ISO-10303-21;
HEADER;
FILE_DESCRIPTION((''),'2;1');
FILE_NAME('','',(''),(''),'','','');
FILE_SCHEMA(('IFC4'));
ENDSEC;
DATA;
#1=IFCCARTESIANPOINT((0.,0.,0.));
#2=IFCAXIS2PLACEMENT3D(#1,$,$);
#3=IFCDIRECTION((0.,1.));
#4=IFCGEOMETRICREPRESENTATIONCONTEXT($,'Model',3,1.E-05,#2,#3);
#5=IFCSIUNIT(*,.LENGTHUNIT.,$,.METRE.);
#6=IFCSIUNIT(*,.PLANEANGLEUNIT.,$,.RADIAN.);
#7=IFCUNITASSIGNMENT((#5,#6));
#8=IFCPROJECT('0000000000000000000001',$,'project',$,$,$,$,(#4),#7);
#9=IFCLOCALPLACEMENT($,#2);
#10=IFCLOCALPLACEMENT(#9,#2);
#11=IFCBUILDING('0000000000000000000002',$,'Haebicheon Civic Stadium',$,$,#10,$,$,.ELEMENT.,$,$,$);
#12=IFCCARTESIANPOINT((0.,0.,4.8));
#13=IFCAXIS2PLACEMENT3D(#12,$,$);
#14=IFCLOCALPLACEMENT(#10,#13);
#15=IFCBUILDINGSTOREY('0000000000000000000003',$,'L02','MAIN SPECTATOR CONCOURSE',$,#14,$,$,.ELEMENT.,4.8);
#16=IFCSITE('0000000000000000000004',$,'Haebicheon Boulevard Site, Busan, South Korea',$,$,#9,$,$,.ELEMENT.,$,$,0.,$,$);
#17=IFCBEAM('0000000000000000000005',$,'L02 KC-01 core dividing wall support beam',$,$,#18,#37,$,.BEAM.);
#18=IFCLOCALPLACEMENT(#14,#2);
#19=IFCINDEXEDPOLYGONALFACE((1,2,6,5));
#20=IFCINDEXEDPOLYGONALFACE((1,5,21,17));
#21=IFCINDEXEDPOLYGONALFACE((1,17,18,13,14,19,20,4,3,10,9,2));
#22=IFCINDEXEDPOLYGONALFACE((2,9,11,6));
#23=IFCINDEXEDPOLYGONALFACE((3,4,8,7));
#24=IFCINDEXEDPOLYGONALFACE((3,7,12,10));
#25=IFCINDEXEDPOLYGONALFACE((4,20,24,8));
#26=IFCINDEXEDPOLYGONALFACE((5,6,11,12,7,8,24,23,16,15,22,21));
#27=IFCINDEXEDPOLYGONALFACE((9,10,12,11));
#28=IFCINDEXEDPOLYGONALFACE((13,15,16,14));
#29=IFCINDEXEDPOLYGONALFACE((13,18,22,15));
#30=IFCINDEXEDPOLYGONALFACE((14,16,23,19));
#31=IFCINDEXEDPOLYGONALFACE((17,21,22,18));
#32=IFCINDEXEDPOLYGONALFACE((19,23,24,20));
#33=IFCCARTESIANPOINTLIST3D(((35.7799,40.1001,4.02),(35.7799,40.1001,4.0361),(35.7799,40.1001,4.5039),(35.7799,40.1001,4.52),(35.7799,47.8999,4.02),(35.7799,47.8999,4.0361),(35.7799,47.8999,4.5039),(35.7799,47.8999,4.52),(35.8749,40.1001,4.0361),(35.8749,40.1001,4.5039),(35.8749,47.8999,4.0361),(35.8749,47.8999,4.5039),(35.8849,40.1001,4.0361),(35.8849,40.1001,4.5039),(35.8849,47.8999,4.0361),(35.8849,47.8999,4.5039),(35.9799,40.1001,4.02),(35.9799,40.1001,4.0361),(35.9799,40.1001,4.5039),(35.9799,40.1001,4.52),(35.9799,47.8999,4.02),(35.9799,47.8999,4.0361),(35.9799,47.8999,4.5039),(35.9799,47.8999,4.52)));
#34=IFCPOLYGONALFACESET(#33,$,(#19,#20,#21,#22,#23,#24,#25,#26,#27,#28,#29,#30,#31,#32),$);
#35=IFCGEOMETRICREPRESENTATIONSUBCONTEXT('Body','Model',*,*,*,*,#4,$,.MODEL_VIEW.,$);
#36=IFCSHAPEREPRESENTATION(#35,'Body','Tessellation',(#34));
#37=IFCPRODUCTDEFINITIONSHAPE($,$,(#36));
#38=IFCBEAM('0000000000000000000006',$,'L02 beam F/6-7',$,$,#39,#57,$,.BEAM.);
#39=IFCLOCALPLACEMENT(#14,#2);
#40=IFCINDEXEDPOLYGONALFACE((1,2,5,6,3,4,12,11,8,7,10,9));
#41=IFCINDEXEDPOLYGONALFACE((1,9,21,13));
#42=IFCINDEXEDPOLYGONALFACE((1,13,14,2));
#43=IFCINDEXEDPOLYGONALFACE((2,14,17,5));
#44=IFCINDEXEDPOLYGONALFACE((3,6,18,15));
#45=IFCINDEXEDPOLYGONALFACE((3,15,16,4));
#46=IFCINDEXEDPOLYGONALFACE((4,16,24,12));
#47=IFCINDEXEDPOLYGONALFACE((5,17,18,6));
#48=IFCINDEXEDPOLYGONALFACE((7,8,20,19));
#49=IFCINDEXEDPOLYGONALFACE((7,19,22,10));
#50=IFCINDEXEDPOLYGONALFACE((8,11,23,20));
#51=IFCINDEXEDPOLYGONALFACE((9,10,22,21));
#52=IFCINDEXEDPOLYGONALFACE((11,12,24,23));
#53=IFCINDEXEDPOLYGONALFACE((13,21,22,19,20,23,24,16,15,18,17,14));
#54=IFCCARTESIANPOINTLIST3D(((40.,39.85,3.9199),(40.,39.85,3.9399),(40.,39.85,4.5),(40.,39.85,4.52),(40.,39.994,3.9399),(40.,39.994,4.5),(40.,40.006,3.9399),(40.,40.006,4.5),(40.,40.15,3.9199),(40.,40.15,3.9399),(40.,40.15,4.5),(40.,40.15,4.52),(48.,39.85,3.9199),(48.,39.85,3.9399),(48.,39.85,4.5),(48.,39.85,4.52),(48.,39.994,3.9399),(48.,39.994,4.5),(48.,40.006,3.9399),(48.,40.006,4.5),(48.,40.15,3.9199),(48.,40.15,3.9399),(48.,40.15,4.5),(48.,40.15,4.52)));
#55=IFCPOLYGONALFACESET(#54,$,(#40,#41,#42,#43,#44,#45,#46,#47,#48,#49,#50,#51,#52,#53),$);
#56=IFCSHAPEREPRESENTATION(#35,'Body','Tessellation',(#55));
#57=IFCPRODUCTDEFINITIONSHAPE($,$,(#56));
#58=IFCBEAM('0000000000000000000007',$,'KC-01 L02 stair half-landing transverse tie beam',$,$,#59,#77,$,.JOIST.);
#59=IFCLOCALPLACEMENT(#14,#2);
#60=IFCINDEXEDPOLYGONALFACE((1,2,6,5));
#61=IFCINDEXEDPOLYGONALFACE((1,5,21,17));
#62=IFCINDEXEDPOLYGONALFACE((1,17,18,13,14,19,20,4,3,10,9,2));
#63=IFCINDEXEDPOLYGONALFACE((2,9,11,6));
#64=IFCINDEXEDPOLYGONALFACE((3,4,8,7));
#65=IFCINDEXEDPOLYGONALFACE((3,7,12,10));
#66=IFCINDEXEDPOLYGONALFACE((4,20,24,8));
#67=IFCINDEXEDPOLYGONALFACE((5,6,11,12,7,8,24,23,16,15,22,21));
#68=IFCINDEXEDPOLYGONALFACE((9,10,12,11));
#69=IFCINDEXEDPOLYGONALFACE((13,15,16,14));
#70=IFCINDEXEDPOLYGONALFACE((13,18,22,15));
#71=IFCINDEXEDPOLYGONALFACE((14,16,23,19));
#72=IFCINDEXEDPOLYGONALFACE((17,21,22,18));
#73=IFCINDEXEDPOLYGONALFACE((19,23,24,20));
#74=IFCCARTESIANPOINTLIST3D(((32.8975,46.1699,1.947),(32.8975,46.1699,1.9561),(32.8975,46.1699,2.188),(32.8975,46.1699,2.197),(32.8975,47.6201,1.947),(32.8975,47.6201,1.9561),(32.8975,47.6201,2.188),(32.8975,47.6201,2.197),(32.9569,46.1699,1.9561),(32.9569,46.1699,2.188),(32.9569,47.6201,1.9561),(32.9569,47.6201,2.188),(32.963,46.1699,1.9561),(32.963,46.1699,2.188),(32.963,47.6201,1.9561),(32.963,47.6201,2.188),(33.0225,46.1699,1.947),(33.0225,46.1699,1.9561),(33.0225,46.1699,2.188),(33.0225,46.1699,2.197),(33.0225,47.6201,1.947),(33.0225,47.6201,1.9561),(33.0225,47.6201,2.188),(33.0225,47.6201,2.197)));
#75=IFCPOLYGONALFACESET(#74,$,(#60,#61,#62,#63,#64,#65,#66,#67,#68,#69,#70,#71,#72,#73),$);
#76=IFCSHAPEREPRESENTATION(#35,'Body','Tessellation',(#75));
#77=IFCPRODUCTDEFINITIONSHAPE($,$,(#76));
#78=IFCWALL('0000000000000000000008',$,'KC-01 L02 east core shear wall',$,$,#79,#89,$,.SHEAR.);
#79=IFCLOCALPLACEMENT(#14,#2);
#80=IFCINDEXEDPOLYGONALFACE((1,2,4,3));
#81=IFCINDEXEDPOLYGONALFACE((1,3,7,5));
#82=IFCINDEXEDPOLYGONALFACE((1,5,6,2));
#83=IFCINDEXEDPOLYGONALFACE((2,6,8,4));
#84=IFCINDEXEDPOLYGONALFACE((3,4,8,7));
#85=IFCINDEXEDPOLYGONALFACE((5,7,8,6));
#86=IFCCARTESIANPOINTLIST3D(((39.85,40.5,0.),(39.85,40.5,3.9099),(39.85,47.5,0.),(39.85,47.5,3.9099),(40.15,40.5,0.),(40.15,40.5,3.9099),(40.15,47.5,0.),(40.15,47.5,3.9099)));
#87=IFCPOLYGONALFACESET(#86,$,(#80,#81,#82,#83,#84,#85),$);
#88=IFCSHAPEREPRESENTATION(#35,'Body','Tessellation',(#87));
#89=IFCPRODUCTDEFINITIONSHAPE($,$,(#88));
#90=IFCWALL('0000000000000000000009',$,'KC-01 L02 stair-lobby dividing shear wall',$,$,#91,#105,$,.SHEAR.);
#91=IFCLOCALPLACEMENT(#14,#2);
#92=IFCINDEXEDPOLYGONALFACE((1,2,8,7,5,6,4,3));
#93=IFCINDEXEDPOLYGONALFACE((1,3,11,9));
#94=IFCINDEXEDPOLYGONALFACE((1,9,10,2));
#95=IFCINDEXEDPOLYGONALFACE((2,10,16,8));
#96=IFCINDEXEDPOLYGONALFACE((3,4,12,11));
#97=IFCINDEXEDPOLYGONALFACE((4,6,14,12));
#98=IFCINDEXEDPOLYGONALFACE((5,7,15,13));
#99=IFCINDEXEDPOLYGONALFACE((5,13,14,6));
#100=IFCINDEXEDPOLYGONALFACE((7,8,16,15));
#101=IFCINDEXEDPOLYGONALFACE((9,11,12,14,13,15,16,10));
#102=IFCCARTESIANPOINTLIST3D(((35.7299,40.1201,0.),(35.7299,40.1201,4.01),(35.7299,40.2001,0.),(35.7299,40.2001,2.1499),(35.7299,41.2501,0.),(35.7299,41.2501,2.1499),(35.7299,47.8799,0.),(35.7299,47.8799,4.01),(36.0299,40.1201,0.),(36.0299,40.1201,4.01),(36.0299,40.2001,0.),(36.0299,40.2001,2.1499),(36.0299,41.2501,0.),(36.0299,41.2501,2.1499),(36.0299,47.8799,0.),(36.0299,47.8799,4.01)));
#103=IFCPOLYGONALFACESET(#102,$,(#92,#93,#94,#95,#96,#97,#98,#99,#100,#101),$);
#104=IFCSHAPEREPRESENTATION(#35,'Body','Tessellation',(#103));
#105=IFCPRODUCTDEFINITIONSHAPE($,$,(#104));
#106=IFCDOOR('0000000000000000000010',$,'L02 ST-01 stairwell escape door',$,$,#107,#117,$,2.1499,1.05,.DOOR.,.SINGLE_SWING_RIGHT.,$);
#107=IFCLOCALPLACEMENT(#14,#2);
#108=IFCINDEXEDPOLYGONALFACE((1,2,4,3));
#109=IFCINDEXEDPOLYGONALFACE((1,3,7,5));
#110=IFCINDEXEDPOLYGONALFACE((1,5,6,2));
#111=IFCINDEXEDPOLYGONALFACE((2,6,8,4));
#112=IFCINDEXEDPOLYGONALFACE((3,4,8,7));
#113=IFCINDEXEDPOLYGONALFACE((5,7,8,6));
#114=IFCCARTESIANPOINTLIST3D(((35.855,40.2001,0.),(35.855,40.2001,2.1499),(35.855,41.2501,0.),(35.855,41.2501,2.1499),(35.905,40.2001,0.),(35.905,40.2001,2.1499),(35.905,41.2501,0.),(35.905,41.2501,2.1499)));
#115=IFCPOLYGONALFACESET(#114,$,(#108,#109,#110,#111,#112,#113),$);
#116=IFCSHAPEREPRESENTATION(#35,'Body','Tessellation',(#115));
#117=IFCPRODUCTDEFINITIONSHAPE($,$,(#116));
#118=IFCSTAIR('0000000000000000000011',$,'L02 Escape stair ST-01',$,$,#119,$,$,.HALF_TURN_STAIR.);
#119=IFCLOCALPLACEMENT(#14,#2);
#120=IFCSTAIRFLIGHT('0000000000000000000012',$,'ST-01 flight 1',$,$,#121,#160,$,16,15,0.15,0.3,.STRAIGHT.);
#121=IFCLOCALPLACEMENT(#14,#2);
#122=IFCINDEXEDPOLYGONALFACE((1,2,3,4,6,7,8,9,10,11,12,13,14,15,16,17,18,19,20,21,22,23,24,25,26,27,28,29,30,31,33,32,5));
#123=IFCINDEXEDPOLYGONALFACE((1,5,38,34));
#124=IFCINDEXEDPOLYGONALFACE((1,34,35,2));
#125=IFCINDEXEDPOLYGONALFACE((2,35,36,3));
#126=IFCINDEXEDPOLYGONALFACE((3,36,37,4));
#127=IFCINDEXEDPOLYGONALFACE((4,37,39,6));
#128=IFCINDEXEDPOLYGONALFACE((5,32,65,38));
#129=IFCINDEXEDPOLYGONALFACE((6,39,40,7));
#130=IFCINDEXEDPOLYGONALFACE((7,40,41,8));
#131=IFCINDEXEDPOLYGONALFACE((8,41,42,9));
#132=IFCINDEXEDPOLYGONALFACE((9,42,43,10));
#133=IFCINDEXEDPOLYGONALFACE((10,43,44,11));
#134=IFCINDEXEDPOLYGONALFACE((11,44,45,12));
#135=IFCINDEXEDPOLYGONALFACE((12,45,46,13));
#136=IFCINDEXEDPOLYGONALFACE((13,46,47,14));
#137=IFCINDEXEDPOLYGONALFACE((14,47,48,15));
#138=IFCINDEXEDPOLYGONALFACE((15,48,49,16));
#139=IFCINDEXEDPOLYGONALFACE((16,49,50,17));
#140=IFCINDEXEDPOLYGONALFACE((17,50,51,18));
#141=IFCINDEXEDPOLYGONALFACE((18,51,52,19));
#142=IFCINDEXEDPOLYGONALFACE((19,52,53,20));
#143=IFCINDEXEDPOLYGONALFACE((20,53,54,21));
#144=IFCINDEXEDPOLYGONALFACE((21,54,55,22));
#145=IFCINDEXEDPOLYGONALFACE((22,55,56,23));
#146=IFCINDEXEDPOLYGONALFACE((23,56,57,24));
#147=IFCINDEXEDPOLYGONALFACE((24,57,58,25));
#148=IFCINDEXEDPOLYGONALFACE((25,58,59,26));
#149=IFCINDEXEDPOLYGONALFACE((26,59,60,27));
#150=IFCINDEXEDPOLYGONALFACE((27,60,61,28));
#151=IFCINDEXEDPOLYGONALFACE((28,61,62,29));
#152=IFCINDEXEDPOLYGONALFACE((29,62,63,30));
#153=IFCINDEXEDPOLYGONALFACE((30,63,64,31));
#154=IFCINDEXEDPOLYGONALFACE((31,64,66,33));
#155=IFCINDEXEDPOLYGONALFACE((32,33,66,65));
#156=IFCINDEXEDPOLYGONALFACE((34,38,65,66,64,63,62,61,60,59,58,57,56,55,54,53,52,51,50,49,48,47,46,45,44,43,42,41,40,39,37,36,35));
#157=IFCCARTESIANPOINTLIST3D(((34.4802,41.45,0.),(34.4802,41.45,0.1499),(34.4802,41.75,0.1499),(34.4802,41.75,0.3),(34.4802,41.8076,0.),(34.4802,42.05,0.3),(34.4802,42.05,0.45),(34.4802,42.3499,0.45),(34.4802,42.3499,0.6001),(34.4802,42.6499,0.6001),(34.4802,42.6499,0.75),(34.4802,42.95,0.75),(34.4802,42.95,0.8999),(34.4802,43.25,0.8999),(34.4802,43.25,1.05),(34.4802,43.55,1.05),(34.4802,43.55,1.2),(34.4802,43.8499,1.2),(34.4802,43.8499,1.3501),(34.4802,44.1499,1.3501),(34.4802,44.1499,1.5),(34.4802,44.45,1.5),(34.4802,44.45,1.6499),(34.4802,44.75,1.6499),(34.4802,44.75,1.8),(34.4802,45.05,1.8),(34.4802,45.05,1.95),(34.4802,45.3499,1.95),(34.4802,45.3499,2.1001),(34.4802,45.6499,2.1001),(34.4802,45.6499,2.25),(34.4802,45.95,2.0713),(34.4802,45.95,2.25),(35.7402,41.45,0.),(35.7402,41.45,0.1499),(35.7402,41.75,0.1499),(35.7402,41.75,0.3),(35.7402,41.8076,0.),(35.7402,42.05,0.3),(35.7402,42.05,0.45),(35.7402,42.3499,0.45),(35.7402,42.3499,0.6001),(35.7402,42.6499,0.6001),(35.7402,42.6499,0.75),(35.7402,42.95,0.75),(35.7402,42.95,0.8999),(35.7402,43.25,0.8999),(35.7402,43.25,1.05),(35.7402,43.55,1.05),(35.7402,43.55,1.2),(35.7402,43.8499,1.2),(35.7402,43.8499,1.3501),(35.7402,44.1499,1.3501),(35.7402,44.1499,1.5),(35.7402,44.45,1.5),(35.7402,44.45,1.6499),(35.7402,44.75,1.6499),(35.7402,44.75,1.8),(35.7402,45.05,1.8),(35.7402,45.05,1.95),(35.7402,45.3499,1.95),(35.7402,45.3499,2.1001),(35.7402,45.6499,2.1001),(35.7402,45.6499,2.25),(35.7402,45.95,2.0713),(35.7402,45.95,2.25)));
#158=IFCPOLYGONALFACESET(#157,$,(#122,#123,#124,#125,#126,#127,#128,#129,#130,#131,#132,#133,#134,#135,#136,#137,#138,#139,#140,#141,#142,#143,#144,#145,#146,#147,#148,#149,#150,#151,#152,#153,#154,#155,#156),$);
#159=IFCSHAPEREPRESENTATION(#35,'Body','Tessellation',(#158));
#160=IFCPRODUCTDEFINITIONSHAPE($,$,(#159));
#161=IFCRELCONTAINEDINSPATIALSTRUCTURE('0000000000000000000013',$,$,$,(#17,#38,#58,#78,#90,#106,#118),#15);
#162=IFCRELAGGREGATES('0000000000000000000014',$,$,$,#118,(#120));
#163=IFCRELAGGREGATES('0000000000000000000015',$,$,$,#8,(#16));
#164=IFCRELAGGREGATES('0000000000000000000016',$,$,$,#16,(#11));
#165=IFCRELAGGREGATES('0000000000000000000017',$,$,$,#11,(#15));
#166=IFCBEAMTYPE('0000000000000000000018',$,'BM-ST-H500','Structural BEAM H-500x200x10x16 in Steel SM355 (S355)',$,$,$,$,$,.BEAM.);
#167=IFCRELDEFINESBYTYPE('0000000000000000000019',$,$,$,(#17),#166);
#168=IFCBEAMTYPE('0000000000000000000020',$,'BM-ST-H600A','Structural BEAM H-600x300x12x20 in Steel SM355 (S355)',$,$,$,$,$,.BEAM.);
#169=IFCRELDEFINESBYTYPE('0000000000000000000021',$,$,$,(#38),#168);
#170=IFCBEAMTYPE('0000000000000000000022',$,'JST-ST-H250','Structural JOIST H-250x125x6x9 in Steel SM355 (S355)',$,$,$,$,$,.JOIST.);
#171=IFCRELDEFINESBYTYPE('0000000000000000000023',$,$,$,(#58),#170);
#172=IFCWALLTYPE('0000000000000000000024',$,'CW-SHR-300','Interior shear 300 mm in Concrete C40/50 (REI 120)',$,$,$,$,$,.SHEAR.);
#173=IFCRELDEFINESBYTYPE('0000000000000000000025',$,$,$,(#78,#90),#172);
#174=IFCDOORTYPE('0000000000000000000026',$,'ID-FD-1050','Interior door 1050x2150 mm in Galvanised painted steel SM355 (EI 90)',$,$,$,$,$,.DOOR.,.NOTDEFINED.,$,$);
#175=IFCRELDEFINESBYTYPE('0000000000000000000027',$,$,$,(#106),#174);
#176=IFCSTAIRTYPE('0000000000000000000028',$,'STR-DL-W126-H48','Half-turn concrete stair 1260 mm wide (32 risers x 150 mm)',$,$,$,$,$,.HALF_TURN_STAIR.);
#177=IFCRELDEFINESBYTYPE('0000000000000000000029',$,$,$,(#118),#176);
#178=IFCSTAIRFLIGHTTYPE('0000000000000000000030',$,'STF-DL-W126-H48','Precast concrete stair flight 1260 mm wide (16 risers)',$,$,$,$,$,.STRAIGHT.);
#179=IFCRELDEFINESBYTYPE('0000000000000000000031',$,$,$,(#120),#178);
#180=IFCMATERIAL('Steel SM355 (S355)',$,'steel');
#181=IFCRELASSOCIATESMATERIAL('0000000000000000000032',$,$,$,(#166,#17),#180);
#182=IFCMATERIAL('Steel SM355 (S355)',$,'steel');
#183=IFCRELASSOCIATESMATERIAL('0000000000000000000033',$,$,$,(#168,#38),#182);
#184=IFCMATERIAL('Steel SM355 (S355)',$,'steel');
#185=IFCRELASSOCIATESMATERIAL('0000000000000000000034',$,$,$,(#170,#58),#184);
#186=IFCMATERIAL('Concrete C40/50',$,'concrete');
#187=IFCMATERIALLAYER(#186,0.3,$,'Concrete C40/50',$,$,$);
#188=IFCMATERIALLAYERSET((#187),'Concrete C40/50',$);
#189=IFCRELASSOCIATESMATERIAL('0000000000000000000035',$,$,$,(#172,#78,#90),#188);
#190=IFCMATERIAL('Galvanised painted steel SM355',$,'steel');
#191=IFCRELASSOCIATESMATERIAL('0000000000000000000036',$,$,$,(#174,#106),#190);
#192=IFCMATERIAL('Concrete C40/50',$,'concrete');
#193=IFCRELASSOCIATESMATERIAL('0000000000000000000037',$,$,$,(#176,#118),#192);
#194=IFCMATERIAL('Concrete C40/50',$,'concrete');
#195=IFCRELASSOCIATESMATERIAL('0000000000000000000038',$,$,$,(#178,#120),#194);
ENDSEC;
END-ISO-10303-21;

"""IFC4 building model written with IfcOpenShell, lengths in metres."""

from ifc_helpers import new_model, si_unit, direction, frame, frame_2d, origin, origin_2d, place, context, subcontext, project, spatial, polyline, rectangle, i_section, outline, extrude, material, layer, layer_set, material_profile, profile_set, type_object, element, fill, aggregate, save


model = new_model("IFC4")

# Units and contexts
model_context = context("Model", 3, precision=1e-05, world=origin(), true_north=direction((0.0, 1.0)))
body_context = subcontext(model_context, "Body", "Model", "MODEL_VIEW")
ifc_project = project(units=[si_unit("LENGTHUNIT", "METRE"), si_unit("PLANEANGLEUNIT", "RADIAN")], contexts=[model_context])

# Site, building, storey
site_placement = place(None, origin())
site = spatial("IfcSite", under=ifc_project, at=site_placement, Name="Haebicheon Boulevard Site, Busan, South Korea", CompositionType="ELEMENT", RefElevation=0.0)
building_placement = place(site_placement, origin())
building = spatial("IfcBuilding", under=site, at=building_placement, Name="Haebicheon Civic Stadium", CompositionType="ELEMENT")
storey_placement = place(building_placement, frame((0.0, 0.0, 4.8)))
storey = spatial("IfcBuildingStorey", under=building, at=storey_placement, Name="L02", Description="MAIN SPECTATOR CONCOURSE", CompositionType="ELEMENT", Elevation=4.8)

# Beams
ifc_material_1 = material(Name="Steel SM355 (S355)", Category="steel")
ifc_material_profile_1 = material_profile(ifc_material_1, i_section(OverallWidth=0.2, OverallDepth=0.5, WebThickness=0.01, FlangeThickness=0.0161, at=origin_2d()), Name="H-500x200x10x16")
ifc_profile_set_1 = profile_set([ifc_material_profile_1], Name="Steel SM355 (S355)")
beam_type_1 = type_object("IfcBeamType", Name="BM-ST-H500", Description="Structural BEAM H-500x200x10x16 in Steel SM355 (S355)", PredefinedType="BEAM", material=ifc_profile_set_1)
beam_1_placement = place(storey_placement, frame((35.8799, 40.1001, 4.27), z_axis=(0.0, 1.0, 0.0), x_axis=(-1.0, 0.0, 0.0)))
element("IfcBeam", 1, at=beam_1_placement, inside=storey, type_object=beam_type_1, material=ifc_profile_set_1, Name="L02 KC-01 core dividing wall support beam", PredefinedType="BEAM", context=body_context, shape_type="SweptSolid", body=[
    extrude(i_section(OverallWidth=0.2, OverallDepth=0.5, WebThickness=0.01, FlangeThickness=0.0161, at=origin_2d()), origin(), (0.0, 0.0, 1.0), 7.7998),
])
ifc_material_2 = material(Name="Steel SM355 (S355)", Category="steel")
ifc_material_profile_2 = material_profile(ifc_material_2, i_section(OverallWidth=0.3, OverallDepth=0.6001, WebThickness=0.012, FlangeThickness=0.02, at=origin_2d()), Name="H-600x300x12x20")
ifc_profile_set_2 = profile_set([ifc_material_profile_2], Name="Steel SM355 (S355)")
beam_type_2 = type_object("IfcBeamType", Name="BM-ST-H600A", Description="Structural BEAM H-600x300x12x20 in Steel SM355 (S355)", PredefinedType="BEAM", material=ifc_profile_set_2)
beam_2_placement = place(storey_placement, frame((40.0, 40.0, 4.22), z_axis=(1.0, 0.0, 0.0), x_axis=(0.0, 1.0, 0.0)))
element("IfcBeam", 2, at=beam_2_placement, inside=storey, type_object=beam_type_2, material=ifc_profile_set_2, Name="L02 beam F/6-7", PredefinedType="BEAM", context=body_context, shape_type="SweptSolid", body=[
    extrude(i_section(OverallWidth=0.3, OverallDepth=0.6001, WebThickness=0.012, FlangeThickness=0.02, at=origin_2d()), origin(), (0.0, 0.0, 1.0), 8.0),
])
ifc_material_3 = material(Name="Steel SM355 (S355)", Category="steel")
ifc_material_profile_3 = material_profile(ifc_material_3, i_section(OverallWidth=0.125, OverallDepth=0.25, WebThickness=0.0061, FlangeThickness=0.009, at=origin_2d()), Name="H-250x125x6x9")
ifc_profile_set_3 = profile_set([ifc_material_profile_3], Name="Steel SM355 (S355)")
beam_type_3 = type_object("IfcBeamType", Name="JST-ST-H250", Description="Structural JOIST H-250x125x6x9 in Steel SM355 (S355)", PredefinedType="JOIST", material=ifc_profile_set_3)
beam_3_placement = place(storey_placement, frame((32.96, 46.1699, 2.072), z_axis=(0.0, 1.0, 0.0), x_axis=(-1.0, 0.0, 0.0)))
element("IfcBeam", 3, at=beam_3_placement, inside=storey, type_object=beam_type_3, material=ifc_profile_set_3, Name="KC-01 L02 stair half-landing transverse tie beam", PredefinedType="JOIST", context=body_context, shape_type="SweptSolid", body=[
    extrude(i_section(OverallWidth=0.125, OverallDepth=0.25, WebThickness=0.0061, FlangeThickness=0.009, at=origin_2d()), origin(), (0.0, 0.0, 1.0), 1.4502),
])

# Wall
ifc_material_4 = material(Name="Concrete C40/50", Category="concrete")
ifc_layer = layer(ifc_material_4, 0.3, Name="Concrete C40/50")
ifc_layer_set = layer_set([ifc_layer], Name="Concrete C40/50")
wall_type = type_object("IfcWallType", Name="CW-SHR-300", Description="Interior shear 300 mm in Concrete C40/50 (REI 120)", PredefinedType="SHEAR", material=ifc_layer_set)
wall_1_placement = place(storey_placement, frame((40.0, 40.5, 0.0), z_axis=(0.0, 0.0, 1.0), x_axis=(0.0, 1.0, 0.0)))
element("IfcWall", 4, at=wall_1_placement, inside=storey, type_object=wall_type, material=ifc_layer_set, Name="KC-01 L02 east core shear wall", PredefinedType="SHEAR", context=body_context, shape_type="SweptSolid", body=[
    extrude(rectangle(XDim=7.0, YDim=0.3, at=frame_2d((3.5, 0.0))), origin(), (0.0, 0.0, 1.0), 3.9099),
])

# Wall, opening, door
wall_2_placement = place(storey_placement, frame((35.8799, 40.1201, 0.0), z_axis=(0.0, 0.0, 1.0), x_axis=(0.0, 1.0, 0.0)))
wall_2 = element("IfcWall", 5, at=wall_2_placement, inside=storey, type_object=wall_type, material=ifc_layer_set, Name="KC-01 L02 stair-lobby dividing shear wall", PredefinedType="SHEAR", context=body_context, shape_type="SweptSolid", body=[
    extrude(rectangle(XDim=7.7598, YDim=0.3, at=frame_2d((3.8799, 0.0))), origin(), (0.0, 0.0, 1.0), 4.01),
])
opening_1_placement = place(wall_2_placement, frame((0.0801, 0.0, 0.0)))
opening_1 = element("IfcOpeningElement", 6, at=opening_1_placement, cuts=wall_2, PredefinedType="OPENING", context=body_context, shape_type="SweptSolid", body=[
    extrude(rectangle(XDim=1.05, YDim=2.1499, at=frame_2d((0.5249, 1.075))), frame((0.0, 0.1599, 0.0), z_axis=(0.0, -1.0, 0.0), x_axis=(1.0, 0.0, 0.0)), (0.0, 0.0, 1.0), 0.3201),
])
ifc_material_5 = material(Name="Galvanised painted steel SM355", Category="steel")
door_type_1 = type_object("IfcDoorType", Name="ID-FD-1050", Description="Interior door 1050x2150 mm in Galvanised painted steel SM355 (EI 90)", OperationType="NOTDEFINED", PredefinedType="DOOR", material=ifc_material_5)
door_1_placement = place(opening_1_placement, origin())
door_1 = element("IfcDoor", 7, at=door_1_placement, inside=storey, type_object=door_type_1, material=ifc_material_5, Name="L02 ST-01 stairwell escape door", OperationType="SINGLE_SWING_RIGHT", OverallHeight=2.1499, OverallWidth=1.05, PredefinedType="DOOR", context=body_context, shape_type="SweptSolid", body=[
    extrude(rectangle(XDim=1.05, YDim=2.1499, at=frame_2d((0.5249, 1.075))), frame((0.0, 0.0249, 0.0), z_axis=(0.0, -1.0, 0.0), x_axis=(1.0, 0.0, 0.0)), (0.0, 0.0, 1.0), 0.05),
])
fill(opening_1, door_1)

# Stair, stair flight
ifc_material_6 = material(Name="Concrete C40/50", Category="concrete")
stair_type = type_object("IfcStairType", Name="STR-DL-W126-H48", Description="Half-turn concrete stair 1260 mm wide (32 risers x 150 mm)", PredefinedType="HALF_TURN_STAIR", material=ifc_material_6)
stair_placement = place(storey_placement, origin())
stair = element("IfcStair", 8, at=stair_placement, inside=storey, type_object=stair_type, material=ifc_material_6, Name="L02 Escape stair ST-01", PredefinedType="HALF_TURN_STAIR")
ifc_material_7 = material(Name="Concrete C40/50", Category="concrete")
stair_flight_type = type_object("IfcStairFlightType", Name="STF-DL-W126-H48", Description="Precast concrete stair flight 1260 mm wide (16 risers)", PredefinedType="STRAIGHT", material=ifc_material_7)
stair_flight_1_placement = place(storey_placement, frame((35.1101, 41.45, 0.0), z_axis=(0.0, 0.0, 1.0), x_axis=(0.0, 1.0, 0.0)))
stair_flight_1 = element("IfcStairFlight", 9, at=stair_flight_1_placement, type_object=stair_flight_type, material=ifc_material_7, Name="ST-01 flight 1", NumberOfRisers=16, NumberOfTreads=15, PredefinedType="STRAIGHT", RiserHeight=0.15, TreadLength=0.3, context=body_context, shape_type="SweptSolid", body=[
    extrude(outline(polyline([(0.0, 0.0), (0.0, 0.1499), (0.3, 0.1499), (0.3, 0.3), (0.6001, 0.3), (0.6001, 0.45), (0.8999, 0.45), (0.8999, 0.6001), (1.2, 0.6001), (1.2, 0.75), (1.5, 0.75), (1.5, 0.8999), (1.8, 0.8999), (1.8, 1.05), (2.1001, 1.05), (2.1001, 1.2), (2.3999, 1.2), (2.3999, 1.3501), (2.7, 1.3501), (2.7, 1.5), (3.0, 1.5), (3.0, 1.6499), (3.3, 1.6499), (3.3, 1.8), (3.6001, 1.8), (3.6001, 1.95), (3.8999, 1.95), (3.8999, 2.1001), (4.2, 2.1001), (4.2, 2.25), (4.5, 2.25), (4.5, 2.3999), (4.5, 2.0713), (0.3577, 0.0), (0.0, 0.0)])), frame((0.0, 0.6299, 0.0), z_axis=(0.0, -1.0, 0.0), x_axis=(1.0, 0.0, 0.0)), (0.0, 0.0, 1.0), 1.26),
])
aggregate(stair, [stair_flight_1])

save(model, "model.ifc")
